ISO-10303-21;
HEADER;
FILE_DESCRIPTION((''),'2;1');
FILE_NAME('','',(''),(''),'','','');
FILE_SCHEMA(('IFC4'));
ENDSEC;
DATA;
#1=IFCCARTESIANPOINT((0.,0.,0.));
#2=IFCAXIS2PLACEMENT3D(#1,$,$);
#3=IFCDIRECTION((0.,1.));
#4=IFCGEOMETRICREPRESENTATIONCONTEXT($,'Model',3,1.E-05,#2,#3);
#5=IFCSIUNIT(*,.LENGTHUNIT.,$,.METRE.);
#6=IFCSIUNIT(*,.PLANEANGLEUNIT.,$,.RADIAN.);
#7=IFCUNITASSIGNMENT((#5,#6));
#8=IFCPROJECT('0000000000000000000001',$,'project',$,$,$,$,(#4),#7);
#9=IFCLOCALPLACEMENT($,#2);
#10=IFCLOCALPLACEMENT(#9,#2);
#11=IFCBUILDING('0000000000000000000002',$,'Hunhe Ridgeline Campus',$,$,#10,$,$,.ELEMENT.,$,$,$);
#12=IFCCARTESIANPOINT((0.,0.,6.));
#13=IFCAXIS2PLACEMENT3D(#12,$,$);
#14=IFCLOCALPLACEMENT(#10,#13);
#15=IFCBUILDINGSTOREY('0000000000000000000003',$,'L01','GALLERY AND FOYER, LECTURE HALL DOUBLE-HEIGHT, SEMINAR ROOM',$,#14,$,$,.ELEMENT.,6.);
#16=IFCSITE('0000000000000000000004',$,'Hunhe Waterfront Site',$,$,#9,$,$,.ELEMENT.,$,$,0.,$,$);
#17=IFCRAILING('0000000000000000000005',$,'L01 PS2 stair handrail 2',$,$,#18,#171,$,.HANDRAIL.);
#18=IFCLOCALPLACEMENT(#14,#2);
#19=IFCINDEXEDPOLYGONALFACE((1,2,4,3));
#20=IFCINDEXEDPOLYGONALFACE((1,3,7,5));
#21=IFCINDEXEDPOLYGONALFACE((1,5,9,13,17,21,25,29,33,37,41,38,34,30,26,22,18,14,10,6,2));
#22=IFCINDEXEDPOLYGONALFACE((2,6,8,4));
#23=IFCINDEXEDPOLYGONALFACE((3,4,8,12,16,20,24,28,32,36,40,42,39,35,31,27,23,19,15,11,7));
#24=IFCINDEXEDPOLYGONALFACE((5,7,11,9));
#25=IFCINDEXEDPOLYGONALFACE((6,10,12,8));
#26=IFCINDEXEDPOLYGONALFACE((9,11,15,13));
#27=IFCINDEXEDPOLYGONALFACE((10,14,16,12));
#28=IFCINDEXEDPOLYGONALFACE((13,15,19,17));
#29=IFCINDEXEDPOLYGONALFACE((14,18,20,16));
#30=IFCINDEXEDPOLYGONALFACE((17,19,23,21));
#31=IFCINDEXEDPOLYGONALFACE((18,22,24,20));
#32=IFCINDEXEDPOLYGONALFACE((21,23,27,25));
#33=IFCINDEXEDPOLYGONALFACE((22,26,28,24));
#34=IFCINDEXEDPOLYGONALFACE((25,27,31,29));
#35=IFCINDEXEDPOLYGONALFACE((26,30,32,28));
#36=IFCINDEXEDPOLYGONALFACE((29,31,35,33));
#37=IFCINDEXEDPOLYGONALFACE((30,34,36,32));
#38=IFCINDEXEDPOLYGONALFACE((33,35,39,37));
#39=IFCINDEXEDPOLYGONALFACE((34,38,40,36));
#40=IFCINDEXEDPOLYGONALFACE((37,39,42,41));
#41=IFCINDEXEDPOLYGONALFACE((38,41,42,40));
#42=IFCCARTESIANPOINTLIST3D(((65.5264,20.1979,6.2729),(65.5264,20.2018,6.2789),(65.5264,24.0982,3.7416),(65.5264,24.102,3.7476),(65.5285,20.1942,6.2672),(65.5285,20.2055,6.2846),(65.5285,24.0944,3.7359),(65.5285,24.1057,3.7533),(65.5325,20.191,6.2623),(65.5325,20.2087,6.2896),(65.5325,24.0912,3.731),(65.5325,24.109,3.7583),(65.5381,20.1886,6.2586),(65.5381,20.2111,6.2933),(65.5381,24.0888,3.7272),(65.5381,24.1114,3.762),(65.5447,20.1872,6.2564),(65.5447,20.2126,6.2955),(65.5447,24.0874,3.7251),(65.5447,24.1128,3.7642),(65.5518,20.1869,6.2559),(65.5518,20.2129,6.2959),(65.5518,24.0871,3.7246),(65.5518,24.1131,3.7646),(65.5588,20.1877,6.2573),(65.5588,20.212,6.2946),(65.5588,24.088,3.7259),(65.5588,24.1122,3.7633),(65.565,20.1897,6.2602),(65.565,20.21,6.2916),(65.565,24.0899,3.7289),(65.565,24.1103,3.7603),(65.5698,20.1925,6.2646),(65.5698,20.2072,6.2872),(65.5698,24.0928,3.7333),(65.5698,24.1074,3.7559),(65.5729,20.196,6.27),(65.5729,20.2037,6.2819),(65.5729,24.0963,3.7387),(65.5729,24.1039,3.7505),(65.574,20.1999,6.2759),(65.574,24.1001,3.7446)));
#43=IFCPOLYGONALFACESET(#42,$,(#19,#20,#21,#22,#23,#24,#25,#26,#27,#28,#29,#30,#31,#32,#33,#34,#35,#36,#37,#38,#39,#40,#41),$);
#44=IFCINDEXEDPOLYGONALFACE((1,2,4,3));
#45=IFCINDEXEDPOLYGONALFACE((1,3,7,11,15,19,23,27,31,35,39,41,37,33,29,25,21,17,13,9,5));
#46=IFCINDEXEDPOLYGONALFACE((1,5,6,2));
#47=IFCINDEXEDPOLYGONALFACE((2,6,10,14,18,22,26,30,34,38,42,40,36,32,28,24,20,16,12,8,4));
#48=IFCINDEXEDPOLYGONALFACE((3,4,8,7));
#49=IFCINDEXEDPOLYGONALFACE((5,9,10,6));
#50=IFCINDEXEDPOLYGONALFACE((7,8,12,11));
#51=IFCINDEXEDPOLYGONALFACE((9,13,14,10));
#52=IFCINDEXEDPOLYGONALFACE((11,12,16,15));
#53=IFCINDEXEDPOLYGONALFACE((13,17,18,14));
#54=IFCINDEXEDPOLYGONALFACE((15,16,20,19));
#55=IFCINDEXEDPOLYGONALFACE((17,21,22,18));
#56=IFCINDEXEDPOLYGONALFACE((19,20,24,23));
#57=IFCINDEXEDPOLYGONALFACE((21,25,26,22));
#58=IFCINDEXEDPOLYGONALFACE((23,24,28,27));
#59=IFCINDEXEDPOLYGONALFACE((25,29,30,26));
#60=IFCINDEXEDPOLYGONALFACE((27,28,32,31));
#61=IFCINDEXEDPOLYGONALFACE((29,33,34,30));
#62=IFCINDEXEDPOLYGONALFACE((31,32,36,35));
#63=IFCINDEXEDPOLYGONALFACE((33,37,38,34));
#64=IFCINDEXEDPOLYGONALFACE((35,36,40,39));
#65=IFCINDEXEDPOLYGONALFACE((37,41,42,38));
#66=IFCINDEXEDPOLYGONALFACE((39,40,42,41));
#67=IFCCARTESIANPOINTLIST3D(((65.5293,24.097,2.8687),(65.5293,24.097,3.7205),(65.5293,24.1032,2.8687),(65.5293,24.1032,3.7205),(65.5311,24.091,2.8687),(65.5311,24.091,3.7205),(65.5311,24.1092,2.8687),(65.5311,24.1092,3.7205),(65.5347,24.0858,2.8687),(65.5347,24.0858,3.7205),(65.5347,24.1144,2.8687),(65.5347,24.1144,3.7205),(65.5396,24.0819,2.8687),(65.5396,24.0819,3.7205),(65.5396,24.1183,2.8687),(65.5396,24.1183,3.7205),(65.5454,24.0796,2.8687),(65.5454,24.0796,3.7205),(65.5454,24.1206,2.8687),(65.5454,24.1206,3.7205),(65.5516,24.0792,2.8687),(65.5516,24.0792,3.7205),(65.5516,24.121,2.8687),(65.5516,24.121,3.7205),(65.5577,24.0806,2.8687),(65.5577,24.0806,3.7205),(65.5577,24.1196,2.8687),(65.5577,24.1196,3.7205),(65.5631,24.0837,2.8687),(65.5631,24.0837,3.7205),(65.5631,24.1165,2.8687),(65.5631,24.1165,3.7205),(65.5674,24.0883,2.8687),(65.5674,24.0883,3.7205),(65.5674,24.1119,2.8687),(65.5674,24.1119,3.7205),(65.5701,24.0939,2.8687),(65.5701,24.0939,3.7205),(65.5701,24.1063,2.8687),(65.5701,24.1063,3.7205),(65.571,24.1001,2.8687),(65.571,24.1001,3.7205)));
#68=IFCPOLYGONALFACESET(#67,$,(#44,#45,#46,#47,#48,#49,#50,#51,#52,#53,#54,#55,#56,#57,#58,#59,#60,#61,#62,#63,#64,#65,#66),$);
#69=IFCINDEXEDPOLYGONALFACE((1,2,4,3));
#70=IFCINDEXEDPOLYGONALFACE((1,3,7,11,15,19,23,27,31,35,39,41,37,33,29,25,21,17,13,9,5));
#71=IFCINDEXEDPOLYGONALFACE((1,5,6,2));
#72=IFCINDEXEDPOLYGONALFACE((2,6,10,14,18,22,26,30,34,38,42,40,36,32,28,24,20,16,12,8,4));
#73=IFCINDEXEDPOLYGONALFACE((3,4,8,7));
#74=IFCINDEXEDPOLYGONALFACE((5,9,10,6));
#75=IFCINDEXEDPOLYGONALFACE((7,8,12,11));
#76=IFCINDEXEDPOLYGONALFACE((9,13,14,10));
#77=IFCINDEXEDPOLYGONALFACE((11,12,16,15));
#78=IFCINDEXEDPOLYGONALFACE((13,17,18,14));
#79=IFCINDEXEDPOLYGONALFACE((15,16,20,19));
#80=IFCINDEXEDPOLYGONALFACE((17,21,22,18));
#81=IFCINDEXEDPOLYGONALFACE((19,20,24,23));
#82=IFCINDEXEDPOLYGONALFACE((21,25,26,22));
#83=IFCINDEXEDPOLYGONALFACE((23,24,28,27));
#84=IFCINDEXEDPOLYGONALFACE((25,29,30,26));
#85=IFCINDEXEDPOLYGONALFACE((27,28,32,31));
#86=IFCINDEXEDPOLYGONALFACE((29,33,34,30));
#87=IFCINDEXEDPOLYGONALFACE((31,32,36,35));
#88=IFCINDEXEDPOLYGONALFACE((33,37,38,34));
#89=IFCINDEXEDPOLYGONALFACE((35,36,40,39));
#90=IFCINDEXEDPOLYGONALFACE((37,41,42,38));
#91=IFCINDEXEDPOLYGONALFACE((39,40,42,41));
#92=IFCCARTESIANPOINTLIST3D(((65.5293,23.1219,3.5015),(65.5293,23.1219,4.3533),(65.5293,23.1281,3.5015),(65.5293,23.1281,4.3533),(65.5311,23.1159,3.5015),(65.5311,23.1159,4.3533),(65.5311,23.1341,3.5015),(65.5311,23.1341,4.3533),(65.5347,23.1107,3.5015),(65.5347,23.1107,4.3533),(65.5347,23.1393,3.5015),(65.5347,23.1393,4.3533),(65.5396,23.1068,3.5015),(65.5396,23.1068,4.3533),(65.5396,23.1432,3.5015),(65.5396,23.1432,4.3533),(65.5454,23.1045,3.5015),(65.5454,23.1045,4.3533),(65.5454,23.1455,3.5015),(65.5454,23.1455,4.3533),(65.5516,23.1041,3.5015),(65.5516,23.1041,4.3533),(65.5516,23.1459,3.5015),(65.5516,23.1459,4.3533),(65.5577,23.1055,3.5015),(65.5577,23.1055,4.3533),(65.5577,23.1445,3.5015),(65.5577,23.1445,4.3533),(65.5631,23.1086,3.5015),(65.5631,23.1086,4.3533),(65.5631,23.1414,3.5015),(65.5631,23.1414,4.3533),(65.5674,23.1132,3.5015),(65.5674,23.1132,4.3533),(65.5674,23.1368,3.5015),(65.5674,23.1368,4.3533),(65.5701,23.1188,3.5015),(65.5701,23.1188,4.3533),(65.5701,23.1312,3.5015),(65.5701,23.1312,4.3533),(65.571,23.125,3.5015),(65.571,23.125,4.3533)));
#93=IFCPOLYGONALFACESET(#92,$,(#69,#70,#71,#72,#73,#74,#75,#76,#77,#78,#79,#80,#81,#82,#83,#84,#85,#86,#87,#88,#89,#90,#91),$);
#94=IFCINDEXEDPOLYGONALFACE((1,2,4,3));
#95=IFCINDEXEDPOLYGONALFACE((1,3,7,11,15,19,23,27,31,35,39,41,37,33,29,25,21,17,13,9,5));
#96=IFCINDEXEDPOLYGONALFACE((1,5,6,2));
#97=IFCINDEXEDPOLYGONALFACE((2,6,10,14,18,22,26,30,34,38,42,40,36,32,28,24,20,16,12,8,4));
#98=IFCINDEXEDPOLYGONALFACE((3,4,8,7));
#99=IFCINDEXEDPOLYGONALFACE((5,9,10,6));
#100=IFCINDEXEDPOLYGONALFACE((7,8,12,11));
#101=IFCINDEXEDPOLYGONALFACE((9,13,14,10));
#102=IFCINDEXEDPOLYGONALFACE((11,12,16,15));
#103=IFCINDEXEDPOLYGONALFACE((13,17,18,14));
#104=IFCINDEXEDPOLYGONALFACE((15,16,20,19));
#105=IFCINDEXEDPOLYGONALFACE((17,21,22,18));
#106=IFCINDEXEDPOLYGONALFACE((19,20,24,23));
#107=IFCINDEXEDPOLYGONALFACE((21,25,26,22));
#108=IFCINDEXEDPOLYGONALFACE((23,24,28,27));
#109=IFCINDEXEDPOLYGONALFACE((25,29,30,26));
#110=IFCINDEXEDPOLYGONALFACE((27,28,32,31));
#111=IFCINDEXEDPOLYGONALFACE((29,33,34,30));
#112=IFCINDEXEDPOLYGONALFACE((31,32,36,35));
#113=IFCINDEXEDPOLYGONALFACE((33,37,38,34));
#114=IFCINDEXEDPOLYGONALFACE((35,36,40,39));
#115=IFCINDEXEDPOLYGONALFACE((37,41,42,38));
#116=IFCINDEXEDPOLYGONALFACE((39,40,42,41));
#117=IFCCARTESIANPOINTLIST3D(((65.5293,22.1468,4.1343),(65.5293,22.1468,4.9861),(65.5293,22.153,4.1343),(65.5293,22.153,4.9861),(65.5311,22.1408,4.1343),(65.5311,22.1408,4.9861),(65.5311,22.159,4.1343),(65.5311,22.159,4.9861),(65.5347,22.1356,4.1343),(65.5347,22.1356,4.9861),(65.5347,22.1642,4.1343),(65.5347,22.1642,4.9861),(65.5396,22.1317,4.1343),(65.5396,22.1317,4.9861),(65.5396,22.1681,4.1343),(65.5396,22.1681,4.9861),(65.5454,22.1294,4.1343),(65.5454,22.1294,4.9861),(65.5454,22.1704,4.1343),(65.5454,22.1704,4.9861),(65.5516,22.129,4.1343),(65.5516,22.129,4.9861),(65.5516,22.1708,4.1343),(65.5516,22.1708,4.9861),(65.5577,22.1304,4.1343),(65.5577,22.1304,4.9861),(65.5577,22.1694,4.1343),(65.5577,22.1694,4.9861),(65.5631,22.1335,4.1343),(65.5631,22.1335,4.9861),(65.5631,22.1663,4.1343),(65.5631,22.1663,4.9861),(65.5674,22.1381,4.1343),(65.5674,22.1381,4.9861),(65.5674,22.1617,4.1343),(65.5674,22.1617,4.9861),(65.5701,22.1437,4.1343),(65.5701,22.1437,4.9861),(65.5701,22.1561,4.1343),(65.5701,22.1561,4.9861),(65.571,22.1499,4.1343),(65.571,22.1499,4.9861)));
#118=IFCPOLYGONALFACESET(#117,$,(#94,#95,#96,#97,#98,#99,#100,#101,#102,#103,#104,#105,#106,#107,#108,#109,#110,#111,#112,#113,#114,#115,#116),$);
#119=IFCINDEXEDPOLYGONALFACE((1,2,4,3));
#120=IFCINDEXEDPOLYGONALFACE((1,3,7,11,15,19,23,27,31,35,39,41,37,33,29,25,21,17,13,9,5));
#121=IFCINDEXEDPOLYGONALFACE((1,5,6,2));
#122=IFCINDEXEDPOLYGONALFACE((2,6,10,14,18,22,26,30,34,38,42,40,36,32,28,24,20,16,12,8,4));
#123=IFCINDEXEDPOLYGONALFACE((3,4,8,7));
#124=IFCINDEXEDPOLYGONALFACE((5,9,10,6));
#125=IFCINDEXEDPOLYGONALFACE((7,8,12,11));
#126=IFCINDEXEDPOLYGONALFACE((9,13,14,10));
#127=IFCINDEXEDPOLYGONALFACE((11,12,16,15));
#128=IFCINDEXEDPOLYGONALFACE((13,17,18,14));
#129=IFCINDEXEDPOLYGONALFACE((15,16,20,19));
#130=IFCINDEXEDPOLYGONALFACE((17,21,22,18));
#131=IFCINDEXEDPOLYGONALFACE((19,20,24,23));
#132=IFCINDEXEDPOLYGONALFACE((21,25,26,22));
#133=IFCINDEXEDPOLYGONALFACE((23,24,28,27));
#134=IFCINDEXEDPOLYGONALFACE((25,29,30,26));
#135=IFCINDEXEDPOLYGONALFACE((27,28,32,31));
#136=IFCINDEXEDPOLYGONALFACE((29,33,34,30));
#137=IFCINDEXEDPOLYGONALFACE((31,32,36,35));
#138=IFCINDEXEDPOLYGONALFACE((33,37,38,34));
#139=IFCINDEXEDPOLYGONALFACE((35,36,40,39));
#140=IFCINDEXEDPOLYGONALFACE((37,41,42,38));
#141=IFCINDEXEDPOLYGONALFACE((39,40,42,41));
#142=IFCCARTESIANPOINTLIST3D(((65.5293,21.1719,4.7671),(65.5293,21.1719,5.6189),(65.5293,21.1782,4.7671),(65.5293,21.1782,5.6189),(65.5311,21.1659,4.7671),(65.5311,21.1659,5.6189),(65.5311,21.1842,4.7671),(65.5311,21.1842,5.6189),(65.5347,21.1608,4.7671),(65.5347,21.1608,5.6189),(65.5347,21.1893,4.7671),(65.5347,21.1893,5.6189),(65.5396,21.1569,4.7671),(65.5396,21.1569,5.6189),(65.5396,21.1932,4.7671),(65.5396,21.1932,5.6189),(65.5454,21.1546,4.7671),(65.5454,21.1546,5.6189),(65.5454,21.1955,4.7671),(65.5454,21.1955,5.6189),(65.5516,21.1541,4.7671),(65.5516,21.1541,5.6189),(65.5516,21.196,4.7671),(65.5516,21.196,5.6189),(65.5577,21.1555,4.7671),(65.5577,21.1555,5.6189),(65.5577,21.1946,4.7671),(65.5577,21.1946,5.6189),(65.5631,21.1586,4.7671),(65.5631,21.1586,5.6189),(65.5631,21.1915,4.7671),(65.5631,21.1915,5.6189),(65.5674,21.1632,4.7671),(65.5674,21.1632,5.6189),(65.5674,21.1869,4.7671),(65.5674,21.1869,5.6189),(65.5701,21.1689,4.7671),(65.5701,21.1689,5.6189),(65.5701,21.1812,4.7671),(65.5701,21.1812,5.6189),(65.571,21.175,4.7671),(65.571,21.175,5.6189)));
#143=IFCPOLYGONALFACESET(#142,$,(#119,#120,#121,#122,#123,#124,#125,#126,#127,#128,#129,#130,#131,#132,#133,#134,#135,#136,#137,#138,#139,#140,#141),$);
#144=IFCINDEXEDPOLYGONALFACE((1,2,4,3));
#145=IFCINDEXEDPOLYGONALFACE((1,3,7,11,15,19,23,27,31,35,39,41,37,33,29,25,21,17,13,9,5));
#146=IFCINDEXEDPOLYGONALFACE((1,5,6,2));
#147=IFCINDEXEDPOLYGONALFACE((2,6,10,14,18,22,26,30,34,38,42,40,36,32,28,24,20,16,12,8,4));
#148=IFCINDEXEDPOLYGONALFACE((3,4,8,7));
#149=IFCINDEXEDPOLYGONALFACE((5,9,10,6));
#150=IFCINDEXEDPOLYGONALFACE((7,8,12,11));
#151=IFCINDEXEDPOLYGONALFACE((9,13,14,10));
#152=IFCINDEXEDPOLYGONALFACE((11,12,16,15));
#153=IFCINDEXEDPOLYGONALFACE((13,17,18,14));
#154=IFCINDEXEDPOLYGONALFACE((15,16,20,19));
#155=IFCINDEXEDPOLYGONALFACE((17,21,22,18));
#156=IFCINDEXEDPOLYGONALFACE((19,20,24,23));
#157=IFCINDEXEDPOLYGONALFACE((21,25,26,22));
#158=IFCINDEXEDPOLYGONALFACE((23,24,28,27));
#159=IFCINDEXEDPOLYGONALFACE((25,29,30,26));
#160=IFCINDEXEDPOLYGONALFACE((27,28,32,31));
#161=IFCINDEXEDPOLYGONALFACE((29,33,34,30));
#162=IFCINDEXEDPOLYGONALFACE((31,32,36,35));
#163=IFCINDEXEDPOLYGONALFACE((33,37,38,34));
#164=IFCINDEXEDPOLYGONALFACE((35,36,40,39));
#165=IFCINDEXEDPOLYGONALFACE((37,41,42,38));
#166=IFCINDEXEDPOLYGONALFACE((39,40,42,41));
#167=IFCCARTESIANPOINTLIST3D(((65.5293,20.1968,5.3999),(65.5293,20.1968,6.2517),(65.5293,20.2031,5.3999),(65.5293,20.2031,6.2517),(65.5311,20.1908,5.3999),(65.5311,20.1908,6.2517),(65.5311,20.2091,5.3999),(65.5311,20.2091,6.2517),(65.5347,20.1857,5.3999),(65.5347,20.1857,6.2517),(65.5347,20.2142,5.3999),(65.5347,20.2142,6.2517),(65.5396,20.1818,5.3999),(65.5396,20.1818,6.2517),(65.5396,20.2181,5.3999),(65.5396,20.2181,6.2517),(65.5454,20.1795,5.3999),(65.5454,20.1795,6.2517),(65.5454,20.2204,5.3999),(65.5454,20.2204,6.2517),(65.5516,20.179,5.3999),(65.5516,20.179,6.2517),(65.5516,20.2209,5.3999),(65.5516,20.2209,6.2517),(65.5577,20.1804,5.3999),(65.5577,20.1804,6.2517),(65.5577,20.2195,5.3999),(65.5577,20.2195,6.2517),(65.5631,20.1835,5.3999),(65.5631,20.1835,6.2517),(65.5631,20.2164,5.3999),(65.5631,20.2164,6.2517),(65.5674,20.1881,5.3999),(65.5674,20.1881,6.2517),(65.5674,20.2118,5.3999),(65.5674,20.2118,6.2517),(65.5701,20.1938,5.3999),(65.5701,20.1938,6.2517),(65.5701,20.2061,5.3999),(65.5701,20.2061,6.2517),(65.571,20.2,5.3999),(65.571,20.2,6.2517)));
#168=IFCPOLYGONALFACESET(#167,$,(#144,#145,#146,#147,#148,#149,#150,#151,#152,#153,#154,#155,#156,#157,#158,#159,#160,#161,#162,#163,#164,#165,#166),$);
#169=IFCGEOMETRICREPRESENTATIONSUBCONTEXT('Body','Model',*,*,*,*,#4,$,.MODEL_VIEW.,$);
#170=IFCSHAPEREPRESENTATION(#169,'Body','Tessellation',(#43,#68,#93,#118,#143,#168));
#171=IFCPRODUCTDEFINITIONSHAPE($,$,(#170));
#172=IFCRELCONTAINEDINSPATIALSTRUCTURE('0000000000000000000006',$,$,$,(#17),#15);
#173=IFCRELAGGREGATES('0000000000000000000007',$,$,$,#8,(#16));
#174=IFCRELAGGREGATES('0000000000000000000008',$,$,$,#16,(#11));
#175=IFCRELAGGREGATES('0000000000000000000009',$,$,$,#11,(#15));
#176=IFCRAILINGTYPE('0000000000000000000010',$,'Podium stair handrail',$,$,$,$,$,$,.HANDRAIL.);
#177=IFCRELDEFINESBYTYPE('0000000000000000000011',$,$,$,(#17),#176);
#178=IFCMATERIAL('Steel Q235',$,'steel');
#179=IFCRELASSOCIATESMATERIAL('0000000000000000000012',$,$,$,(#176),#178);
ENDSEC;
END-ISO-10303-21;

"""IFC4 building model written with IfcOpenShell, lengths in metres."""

from ifc_helpers import new_model, si_unit, direction, frame, origin, origin_2d, place, context, subcontext, project, spatial, circle, extrude, material, type_object, element, save


model = new_model("IFC4")

# Units and contexts
model_context = context("Model", 3, precision=1e-05, world=origin(), true_north=direction((0.0, 1.0)))
body_context = subcontext(model_context, "Body", "Model", "MODEL_VIEW")
ifc_project = project(units=[si_unit("LENGTHUNIT", "METRE"), si_unit("PLANEANGLEUNIT", "RADIAN")], contexts=[model_context])

# Site, building, storey
site_placement = place(None, origin())
site = spatial("IfcSite", under=ifc_project, at=site_placement, Name="Hunhe Waterfront Site", CompositionType="ELEMENT", RefElevation=0.0)
building_placement = place(site_placement, origin())
building = spatial("IfcBuilding", under=site, at=building_placement, Name="Hunhe Ridgeline Campus", CompositionType="ELEMENT")
storey_placement = place(building_placement, frame((0.0, 0.0, 6.0)))
storey = spatial("IfcBuildingStorey", under=building, at=storey_placement, Name="L01", Description="GALLERY AND FOYER, LECTURE HALL DOUBLE-HEIGHT, SEMINAR ROOM", CompositionType="ELEMENT", Elevation=6.0)

# Shared definitions
ifc_material_1 = material(Name="Steel Q235", Category="steel")

# Railing
railing_type_1 = type_object("IfcRailingType", Name="Podium stair handrail", PredefinedType="HANDRAIL", material=ifc_material_1)
railing_1_placement = place(storey_placement, frame((65.55, 24.1001, 2.8687)))
element("IfcRailing", 1, at=railing_1_placement, inside=storey, type_object=railing_type_1, Name="L01 PS2 stair handrail 2", PredefinedType="HANDRAIL", context=body_context, shape_type="SweptSolid", body=[
    extrude(circle(Radius=0.0239, at=origin_2d()), frame((0.0, 0.0, 0.876), z_axis=(0.0, -0.838821, 0.544407), x_axis=(1.0, 0.0, 0.0)), (0.0, 0.0, 1.0), 4.6497),
    extrude(circle(Radius=0.021, at=origin_2d()), origin(), (0.0, 0.0, 1.0), 0.8518),
    extrude(circle(Radius=0.021, at=origin_2d()), frame((0.0, -0.9751, 0.6328)), (0.0, 0.0, 1.0), 0.8518),
    extrude(circle(Radius=0.021, at=origin_2d()), frame((0.0, -1.9502, 1.2656)), (0.0, 0.0, 1.0), 0.8518),
    extrude(circle(Radius=0.021, at=origin_2d()), frame((0.0, -2.925, 1.8984)), (0.0, 0.0, 1.0), 0.8518),
    extrude(circle(Radius=0.021, at=origin_2d()), frame((0.0, -3.9001, 2.5312)), (0.0, 0.0, 1.0), 0.8518),
])

save(model, "model.ifc")
